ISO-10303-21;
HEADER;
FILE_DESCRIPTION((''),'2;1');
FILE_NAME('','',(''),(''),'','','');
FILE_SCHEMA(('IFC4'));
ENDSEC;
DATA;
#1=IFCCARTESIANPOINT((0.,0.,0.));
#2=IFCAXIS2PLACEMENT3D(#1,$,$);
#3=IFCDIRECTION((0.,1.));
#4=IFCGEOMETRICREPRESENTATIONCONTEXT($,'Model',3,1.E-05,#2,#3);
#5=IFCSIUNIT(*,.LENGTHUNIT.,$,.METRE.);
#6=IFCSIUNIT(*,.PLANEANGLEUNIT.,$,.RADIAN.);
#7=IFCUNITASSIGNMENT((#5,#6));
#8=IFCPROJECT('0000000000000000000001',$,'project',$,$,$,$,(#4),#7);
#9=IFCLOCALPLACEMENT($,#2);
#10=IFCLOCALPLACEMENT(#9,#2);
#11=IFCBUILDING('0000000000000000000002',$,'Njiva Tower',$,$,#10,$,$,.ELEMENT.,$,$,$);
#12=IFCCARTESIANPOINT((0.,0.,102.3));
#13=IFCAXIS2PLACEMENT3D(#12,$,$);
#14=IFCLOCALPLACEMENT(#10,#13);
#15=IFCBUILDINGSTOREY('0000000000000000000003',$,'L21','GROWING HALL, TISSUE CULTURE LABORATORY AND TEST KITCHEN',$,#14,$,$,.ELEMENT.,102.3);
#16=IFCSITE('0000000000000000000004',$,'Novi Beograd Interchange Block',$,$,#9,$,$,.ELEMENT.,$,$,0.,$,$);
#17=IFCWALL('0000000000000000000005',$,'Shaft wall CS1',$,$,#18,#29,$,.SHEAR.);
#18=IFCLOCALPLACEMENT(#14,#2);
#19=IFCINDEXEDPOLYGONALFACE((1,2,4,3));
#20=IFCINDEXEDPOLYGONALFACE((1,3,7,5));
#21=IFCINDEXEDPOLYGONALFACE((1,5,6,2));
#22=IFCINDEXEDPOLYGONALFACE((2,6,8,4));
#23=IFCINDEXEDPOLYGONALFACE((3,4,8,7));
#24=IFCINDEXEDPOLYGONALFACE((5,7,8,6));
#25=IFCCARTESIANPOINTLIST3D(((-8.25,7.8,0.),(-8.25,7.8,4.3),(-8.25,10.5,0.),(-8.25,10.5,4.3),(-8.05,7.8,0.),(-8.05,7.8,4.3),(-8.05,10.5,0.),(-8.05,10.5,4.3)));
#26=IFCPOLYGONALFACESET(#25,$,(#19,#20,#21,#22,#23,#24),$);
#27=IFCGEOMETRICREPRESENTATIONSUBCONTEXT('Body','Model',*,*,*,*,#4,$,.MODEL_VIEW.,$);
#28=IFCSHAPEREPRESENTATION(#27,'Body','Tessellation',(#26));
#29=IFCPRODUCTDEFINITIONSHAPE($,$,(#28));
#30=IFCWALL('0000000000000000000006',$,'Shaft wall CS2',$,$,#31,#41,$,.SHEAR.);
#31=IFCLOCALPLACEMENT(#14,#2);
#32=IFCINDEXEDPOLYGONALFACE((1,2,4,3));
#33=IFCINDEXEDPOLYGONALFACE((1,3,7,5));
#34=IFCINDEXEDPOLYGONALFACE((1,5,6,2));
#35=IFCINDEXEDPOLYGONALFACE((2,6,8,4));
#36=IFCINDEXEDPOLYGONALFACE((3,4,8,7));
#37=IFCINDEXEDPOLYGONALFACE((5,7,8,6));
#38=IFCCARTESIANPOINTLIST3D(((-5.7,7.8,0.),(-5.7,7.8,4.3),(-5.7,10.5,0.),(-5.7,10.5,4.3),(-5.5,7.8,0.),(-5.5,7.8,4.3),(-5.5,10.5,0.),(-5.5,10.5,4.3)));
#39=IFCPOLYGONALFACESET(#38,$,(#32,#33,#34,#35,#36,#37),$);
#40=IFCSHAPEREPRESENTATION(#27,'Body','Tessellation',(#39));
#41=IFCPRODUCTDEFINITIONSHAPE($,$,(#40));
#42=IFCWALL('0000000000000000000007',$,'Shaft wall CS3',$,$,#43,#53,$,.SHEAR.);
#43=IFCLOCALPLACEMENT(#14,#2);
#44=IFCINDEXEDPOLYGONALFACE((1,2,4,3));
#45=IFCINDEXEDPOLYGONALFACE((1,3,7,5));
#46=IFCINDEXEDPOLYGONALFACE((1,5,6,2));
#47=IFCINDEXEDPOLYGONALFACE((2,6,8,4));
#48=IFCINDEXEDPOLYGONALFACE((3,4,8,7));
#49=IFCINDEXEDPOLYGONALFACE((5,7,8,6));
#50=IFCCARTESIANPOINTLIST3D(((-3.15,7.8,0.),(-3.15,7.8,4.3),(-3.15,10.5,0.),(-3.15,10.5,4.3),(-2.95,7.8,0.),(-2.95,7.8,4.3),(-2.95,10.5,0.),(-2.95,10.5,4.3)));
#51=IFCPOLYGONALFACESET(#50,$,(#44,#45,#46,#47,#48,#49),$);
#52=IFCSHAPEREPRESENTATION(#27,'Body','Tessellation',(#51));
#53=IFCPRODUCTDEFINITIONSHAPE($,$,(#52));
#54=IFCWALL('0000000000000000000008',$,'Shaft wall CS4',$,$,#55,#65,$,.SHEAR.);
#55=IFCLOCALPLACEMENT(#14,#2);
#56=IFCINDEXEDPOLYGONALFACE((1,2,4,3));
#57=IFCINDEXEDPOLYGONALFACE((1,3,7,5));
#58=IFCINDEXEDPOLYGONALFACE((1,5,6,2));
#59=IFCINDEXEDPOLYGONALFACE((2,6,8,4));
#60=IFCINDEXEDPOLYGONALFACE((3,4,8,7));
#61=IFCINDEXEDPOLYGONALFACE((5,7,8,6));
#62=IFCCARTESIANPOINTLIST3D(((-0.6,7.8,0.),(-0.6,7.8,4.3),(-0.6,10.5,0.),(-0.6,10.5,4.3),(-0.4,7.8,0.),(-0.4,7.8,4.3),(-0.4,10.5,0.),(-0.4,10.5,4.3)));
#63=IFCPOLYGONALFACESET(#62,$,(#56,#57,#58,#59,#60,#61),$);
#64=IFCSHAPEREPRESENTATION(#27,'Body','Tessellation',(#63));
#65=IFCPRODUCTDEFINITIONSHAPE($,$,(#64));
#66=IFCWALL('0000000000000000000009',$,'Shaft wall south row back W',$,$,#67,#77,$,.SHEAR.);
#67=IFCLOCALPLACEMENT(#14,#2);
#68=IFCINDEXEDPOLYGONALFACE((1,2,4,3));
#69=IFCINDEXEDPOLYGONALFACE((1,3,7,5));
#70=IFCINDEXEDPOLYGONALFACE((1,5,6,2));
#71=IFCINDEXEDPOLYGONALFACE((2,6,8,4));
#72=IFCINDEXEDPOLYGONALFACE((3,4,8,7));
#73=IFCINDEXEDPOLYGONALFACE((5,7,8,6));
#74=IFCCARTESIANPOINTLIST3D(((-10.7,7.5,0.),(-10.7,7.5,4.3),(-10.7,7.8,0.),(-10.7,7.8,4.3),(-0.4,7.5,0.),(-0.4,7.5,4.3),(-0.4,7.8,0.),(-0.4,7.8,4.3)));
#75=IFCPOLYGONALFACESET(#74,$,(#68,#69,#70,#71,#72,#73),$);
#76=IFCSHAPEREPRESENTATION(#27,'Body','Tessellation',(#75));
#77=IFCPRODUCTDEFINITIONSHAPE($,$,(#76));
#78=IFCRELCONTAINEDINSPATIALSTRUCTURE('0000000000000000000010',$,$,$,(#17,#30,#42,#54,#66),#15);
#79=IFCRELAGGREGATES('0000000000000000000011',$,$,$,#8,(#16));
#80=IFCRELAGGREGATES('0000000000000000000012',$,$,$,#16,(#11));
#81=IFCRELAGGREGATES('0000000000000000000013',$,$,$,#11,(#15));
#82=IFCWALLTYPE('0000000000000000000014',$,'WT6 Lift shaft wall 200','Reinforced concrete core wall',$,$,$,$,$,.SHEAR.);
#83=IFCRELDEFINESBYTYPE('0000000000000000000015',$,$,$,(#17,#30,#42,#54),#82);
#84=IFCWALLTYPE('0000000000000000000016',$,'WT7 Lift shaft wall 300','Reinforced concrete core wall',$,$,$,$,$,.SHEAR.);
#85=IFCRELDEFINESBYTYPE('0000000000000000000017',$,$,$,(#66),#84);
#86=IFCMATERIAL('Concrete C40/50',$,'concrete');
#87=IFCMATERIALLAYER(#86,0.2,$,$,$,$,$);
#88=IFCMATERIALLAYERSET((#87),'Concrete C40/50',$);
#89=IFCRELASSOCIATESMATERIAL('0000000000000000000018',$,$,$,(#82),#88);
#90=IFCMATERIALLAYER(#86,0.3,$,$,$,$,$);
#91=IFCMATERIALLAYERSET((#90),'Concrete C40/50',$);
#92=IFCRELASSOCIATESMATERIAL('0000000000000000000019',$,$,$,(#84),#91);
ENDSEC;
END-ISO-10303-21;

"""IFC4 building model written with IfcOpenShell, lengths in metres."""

from ifc_helpers import new_model, si_unit, direction, frame, frame_2d, origin, place, context, subcontext, project, spatial, rectangle, extrude, material, layer, layer_set, type_object, element, save


model = new_model("IFC4")

# Units and contexts
model_context = context("Model", 3, precision=1e-05, world=origin(), true_north=direction((0.0, 1.0)))
body_context = subcontext(model_context, "Body", "Model", "MODEL_VIEW")
ifc_project = project(units=[si_unit("LENGTHUNIT", "METRE"), si_unit("PLANEANGLEUNIT", "RADIAN")], contexts=[model_context])

# Site, building, storey
site_placement = place(None, origin())
site = spatial("IfcSite", under=ifc_project, at=site_placement, Name="Novi Beograd Interchange Block", CompositionType="ELEMENT", RefElevation=0.0)
building_placement = place(site_placement, origin())
building = spatial("IfcBuilding", under=site, at=building_placement, Name="Njiva Tower", CompositionType="ELEMENT")
storey_placement = place(building_placement, frame((0.0, 0.0, 102.3)))
storey = spatial("IfcBuildingStorey", under=building, at=storey_placement, Name="L21", Description="GROWING HALL, TISSUE CULTURE LABORATORY AND TEST KITCHEN", CompositionType="ELEMENT", Elevation=102.3)

# Shared definitions
ifc_material_1 = material(Name="Concrete C40/50", Category="concrete")

# Walls
ifc_layer_1 = layer(ifc_material_1, 0.2)
ifc_layer_set_1 = layer_set([ifc_layer_1], Name="Concrete C40/50")
wall_type_1 = type_object("IfcWallType", Name="WT6 Lift shaft wall 200", Description="Reinforced concrete core wall", PredefinedType="SHEAR", material=ifc_layer_set_1)
for number, where, z_axis, x_axis, name in (
    (1, (-8.15, 7.8, 0.0), (0.0, 0.0, 1.0), (0.0, 1.0, 0.0), "Shaft wall CS1"),
    (2, (-5.6, 7.8, 0.0), (0.0, 0.0, 1.0), (0.0, 1.0, 0.0), "Shaft wall CS2"),
    (3, (-3.05, 7.8, 0.0), (0.0, 0.0, 1.0), (0.0, 1.0, 0.0), "Shaft wall CS3"),
    (4, (-0.5, 7.8, 0.0), (0.0, 0.0, 1.0), (0.0, 1.0, 0.0), "Shaft wall CS4"),
):
    element("IfcWall", number, at=place(storey_placement, frame(where, z_axis=z_axis, x_axis=x_axis)), inside=storey, type_object=wall_type_1, Name=name, PredefinedType="SHEAR", context=body_context, shape_type="SweptSolid", body=[
        extrude(rectangle(XDim=2.7, YDim=0.2, at=frame_2d((1.35, 0.0))), origin(), (0.0, 0.0, 1.0), 4.3),
    ])
ifc_layer_2 = layer(ifc_material_1, 0.3)
ifc_layer_set_2 = layer_set([ifc_layer_2], Name="Concrete C40/50")
wall_type_2 = type_object("IfcWallType", Name="WT7 Lift shaft wall 300", Description="Reinforced concrete core wall", PredefinedType="SHEAR", material=ifc_layer_set_2)
wall_1_placement = place(storey_placement, frame((-10.7, 7.65, 0.0), z_axis=(0.0, 0.0, 1.0), x_axis=(1.0, 0.0, 0.0)))
element("IfcWall", 5, at=wall_1_placement, inside=storey, type_object=wall_type_2, Name="Shaft wall south row back W", PredefinedType="SHEAR", context=body_context, shape_type="SweptSolid", body=[
    extrude(rectangle(XDim=10.3, YDim=0.3, at=frame_2d((5.15, 0.0))), origin(), (0.0, 0.0, 1.0), 4.3),
])

save(model, "model.ifc")
